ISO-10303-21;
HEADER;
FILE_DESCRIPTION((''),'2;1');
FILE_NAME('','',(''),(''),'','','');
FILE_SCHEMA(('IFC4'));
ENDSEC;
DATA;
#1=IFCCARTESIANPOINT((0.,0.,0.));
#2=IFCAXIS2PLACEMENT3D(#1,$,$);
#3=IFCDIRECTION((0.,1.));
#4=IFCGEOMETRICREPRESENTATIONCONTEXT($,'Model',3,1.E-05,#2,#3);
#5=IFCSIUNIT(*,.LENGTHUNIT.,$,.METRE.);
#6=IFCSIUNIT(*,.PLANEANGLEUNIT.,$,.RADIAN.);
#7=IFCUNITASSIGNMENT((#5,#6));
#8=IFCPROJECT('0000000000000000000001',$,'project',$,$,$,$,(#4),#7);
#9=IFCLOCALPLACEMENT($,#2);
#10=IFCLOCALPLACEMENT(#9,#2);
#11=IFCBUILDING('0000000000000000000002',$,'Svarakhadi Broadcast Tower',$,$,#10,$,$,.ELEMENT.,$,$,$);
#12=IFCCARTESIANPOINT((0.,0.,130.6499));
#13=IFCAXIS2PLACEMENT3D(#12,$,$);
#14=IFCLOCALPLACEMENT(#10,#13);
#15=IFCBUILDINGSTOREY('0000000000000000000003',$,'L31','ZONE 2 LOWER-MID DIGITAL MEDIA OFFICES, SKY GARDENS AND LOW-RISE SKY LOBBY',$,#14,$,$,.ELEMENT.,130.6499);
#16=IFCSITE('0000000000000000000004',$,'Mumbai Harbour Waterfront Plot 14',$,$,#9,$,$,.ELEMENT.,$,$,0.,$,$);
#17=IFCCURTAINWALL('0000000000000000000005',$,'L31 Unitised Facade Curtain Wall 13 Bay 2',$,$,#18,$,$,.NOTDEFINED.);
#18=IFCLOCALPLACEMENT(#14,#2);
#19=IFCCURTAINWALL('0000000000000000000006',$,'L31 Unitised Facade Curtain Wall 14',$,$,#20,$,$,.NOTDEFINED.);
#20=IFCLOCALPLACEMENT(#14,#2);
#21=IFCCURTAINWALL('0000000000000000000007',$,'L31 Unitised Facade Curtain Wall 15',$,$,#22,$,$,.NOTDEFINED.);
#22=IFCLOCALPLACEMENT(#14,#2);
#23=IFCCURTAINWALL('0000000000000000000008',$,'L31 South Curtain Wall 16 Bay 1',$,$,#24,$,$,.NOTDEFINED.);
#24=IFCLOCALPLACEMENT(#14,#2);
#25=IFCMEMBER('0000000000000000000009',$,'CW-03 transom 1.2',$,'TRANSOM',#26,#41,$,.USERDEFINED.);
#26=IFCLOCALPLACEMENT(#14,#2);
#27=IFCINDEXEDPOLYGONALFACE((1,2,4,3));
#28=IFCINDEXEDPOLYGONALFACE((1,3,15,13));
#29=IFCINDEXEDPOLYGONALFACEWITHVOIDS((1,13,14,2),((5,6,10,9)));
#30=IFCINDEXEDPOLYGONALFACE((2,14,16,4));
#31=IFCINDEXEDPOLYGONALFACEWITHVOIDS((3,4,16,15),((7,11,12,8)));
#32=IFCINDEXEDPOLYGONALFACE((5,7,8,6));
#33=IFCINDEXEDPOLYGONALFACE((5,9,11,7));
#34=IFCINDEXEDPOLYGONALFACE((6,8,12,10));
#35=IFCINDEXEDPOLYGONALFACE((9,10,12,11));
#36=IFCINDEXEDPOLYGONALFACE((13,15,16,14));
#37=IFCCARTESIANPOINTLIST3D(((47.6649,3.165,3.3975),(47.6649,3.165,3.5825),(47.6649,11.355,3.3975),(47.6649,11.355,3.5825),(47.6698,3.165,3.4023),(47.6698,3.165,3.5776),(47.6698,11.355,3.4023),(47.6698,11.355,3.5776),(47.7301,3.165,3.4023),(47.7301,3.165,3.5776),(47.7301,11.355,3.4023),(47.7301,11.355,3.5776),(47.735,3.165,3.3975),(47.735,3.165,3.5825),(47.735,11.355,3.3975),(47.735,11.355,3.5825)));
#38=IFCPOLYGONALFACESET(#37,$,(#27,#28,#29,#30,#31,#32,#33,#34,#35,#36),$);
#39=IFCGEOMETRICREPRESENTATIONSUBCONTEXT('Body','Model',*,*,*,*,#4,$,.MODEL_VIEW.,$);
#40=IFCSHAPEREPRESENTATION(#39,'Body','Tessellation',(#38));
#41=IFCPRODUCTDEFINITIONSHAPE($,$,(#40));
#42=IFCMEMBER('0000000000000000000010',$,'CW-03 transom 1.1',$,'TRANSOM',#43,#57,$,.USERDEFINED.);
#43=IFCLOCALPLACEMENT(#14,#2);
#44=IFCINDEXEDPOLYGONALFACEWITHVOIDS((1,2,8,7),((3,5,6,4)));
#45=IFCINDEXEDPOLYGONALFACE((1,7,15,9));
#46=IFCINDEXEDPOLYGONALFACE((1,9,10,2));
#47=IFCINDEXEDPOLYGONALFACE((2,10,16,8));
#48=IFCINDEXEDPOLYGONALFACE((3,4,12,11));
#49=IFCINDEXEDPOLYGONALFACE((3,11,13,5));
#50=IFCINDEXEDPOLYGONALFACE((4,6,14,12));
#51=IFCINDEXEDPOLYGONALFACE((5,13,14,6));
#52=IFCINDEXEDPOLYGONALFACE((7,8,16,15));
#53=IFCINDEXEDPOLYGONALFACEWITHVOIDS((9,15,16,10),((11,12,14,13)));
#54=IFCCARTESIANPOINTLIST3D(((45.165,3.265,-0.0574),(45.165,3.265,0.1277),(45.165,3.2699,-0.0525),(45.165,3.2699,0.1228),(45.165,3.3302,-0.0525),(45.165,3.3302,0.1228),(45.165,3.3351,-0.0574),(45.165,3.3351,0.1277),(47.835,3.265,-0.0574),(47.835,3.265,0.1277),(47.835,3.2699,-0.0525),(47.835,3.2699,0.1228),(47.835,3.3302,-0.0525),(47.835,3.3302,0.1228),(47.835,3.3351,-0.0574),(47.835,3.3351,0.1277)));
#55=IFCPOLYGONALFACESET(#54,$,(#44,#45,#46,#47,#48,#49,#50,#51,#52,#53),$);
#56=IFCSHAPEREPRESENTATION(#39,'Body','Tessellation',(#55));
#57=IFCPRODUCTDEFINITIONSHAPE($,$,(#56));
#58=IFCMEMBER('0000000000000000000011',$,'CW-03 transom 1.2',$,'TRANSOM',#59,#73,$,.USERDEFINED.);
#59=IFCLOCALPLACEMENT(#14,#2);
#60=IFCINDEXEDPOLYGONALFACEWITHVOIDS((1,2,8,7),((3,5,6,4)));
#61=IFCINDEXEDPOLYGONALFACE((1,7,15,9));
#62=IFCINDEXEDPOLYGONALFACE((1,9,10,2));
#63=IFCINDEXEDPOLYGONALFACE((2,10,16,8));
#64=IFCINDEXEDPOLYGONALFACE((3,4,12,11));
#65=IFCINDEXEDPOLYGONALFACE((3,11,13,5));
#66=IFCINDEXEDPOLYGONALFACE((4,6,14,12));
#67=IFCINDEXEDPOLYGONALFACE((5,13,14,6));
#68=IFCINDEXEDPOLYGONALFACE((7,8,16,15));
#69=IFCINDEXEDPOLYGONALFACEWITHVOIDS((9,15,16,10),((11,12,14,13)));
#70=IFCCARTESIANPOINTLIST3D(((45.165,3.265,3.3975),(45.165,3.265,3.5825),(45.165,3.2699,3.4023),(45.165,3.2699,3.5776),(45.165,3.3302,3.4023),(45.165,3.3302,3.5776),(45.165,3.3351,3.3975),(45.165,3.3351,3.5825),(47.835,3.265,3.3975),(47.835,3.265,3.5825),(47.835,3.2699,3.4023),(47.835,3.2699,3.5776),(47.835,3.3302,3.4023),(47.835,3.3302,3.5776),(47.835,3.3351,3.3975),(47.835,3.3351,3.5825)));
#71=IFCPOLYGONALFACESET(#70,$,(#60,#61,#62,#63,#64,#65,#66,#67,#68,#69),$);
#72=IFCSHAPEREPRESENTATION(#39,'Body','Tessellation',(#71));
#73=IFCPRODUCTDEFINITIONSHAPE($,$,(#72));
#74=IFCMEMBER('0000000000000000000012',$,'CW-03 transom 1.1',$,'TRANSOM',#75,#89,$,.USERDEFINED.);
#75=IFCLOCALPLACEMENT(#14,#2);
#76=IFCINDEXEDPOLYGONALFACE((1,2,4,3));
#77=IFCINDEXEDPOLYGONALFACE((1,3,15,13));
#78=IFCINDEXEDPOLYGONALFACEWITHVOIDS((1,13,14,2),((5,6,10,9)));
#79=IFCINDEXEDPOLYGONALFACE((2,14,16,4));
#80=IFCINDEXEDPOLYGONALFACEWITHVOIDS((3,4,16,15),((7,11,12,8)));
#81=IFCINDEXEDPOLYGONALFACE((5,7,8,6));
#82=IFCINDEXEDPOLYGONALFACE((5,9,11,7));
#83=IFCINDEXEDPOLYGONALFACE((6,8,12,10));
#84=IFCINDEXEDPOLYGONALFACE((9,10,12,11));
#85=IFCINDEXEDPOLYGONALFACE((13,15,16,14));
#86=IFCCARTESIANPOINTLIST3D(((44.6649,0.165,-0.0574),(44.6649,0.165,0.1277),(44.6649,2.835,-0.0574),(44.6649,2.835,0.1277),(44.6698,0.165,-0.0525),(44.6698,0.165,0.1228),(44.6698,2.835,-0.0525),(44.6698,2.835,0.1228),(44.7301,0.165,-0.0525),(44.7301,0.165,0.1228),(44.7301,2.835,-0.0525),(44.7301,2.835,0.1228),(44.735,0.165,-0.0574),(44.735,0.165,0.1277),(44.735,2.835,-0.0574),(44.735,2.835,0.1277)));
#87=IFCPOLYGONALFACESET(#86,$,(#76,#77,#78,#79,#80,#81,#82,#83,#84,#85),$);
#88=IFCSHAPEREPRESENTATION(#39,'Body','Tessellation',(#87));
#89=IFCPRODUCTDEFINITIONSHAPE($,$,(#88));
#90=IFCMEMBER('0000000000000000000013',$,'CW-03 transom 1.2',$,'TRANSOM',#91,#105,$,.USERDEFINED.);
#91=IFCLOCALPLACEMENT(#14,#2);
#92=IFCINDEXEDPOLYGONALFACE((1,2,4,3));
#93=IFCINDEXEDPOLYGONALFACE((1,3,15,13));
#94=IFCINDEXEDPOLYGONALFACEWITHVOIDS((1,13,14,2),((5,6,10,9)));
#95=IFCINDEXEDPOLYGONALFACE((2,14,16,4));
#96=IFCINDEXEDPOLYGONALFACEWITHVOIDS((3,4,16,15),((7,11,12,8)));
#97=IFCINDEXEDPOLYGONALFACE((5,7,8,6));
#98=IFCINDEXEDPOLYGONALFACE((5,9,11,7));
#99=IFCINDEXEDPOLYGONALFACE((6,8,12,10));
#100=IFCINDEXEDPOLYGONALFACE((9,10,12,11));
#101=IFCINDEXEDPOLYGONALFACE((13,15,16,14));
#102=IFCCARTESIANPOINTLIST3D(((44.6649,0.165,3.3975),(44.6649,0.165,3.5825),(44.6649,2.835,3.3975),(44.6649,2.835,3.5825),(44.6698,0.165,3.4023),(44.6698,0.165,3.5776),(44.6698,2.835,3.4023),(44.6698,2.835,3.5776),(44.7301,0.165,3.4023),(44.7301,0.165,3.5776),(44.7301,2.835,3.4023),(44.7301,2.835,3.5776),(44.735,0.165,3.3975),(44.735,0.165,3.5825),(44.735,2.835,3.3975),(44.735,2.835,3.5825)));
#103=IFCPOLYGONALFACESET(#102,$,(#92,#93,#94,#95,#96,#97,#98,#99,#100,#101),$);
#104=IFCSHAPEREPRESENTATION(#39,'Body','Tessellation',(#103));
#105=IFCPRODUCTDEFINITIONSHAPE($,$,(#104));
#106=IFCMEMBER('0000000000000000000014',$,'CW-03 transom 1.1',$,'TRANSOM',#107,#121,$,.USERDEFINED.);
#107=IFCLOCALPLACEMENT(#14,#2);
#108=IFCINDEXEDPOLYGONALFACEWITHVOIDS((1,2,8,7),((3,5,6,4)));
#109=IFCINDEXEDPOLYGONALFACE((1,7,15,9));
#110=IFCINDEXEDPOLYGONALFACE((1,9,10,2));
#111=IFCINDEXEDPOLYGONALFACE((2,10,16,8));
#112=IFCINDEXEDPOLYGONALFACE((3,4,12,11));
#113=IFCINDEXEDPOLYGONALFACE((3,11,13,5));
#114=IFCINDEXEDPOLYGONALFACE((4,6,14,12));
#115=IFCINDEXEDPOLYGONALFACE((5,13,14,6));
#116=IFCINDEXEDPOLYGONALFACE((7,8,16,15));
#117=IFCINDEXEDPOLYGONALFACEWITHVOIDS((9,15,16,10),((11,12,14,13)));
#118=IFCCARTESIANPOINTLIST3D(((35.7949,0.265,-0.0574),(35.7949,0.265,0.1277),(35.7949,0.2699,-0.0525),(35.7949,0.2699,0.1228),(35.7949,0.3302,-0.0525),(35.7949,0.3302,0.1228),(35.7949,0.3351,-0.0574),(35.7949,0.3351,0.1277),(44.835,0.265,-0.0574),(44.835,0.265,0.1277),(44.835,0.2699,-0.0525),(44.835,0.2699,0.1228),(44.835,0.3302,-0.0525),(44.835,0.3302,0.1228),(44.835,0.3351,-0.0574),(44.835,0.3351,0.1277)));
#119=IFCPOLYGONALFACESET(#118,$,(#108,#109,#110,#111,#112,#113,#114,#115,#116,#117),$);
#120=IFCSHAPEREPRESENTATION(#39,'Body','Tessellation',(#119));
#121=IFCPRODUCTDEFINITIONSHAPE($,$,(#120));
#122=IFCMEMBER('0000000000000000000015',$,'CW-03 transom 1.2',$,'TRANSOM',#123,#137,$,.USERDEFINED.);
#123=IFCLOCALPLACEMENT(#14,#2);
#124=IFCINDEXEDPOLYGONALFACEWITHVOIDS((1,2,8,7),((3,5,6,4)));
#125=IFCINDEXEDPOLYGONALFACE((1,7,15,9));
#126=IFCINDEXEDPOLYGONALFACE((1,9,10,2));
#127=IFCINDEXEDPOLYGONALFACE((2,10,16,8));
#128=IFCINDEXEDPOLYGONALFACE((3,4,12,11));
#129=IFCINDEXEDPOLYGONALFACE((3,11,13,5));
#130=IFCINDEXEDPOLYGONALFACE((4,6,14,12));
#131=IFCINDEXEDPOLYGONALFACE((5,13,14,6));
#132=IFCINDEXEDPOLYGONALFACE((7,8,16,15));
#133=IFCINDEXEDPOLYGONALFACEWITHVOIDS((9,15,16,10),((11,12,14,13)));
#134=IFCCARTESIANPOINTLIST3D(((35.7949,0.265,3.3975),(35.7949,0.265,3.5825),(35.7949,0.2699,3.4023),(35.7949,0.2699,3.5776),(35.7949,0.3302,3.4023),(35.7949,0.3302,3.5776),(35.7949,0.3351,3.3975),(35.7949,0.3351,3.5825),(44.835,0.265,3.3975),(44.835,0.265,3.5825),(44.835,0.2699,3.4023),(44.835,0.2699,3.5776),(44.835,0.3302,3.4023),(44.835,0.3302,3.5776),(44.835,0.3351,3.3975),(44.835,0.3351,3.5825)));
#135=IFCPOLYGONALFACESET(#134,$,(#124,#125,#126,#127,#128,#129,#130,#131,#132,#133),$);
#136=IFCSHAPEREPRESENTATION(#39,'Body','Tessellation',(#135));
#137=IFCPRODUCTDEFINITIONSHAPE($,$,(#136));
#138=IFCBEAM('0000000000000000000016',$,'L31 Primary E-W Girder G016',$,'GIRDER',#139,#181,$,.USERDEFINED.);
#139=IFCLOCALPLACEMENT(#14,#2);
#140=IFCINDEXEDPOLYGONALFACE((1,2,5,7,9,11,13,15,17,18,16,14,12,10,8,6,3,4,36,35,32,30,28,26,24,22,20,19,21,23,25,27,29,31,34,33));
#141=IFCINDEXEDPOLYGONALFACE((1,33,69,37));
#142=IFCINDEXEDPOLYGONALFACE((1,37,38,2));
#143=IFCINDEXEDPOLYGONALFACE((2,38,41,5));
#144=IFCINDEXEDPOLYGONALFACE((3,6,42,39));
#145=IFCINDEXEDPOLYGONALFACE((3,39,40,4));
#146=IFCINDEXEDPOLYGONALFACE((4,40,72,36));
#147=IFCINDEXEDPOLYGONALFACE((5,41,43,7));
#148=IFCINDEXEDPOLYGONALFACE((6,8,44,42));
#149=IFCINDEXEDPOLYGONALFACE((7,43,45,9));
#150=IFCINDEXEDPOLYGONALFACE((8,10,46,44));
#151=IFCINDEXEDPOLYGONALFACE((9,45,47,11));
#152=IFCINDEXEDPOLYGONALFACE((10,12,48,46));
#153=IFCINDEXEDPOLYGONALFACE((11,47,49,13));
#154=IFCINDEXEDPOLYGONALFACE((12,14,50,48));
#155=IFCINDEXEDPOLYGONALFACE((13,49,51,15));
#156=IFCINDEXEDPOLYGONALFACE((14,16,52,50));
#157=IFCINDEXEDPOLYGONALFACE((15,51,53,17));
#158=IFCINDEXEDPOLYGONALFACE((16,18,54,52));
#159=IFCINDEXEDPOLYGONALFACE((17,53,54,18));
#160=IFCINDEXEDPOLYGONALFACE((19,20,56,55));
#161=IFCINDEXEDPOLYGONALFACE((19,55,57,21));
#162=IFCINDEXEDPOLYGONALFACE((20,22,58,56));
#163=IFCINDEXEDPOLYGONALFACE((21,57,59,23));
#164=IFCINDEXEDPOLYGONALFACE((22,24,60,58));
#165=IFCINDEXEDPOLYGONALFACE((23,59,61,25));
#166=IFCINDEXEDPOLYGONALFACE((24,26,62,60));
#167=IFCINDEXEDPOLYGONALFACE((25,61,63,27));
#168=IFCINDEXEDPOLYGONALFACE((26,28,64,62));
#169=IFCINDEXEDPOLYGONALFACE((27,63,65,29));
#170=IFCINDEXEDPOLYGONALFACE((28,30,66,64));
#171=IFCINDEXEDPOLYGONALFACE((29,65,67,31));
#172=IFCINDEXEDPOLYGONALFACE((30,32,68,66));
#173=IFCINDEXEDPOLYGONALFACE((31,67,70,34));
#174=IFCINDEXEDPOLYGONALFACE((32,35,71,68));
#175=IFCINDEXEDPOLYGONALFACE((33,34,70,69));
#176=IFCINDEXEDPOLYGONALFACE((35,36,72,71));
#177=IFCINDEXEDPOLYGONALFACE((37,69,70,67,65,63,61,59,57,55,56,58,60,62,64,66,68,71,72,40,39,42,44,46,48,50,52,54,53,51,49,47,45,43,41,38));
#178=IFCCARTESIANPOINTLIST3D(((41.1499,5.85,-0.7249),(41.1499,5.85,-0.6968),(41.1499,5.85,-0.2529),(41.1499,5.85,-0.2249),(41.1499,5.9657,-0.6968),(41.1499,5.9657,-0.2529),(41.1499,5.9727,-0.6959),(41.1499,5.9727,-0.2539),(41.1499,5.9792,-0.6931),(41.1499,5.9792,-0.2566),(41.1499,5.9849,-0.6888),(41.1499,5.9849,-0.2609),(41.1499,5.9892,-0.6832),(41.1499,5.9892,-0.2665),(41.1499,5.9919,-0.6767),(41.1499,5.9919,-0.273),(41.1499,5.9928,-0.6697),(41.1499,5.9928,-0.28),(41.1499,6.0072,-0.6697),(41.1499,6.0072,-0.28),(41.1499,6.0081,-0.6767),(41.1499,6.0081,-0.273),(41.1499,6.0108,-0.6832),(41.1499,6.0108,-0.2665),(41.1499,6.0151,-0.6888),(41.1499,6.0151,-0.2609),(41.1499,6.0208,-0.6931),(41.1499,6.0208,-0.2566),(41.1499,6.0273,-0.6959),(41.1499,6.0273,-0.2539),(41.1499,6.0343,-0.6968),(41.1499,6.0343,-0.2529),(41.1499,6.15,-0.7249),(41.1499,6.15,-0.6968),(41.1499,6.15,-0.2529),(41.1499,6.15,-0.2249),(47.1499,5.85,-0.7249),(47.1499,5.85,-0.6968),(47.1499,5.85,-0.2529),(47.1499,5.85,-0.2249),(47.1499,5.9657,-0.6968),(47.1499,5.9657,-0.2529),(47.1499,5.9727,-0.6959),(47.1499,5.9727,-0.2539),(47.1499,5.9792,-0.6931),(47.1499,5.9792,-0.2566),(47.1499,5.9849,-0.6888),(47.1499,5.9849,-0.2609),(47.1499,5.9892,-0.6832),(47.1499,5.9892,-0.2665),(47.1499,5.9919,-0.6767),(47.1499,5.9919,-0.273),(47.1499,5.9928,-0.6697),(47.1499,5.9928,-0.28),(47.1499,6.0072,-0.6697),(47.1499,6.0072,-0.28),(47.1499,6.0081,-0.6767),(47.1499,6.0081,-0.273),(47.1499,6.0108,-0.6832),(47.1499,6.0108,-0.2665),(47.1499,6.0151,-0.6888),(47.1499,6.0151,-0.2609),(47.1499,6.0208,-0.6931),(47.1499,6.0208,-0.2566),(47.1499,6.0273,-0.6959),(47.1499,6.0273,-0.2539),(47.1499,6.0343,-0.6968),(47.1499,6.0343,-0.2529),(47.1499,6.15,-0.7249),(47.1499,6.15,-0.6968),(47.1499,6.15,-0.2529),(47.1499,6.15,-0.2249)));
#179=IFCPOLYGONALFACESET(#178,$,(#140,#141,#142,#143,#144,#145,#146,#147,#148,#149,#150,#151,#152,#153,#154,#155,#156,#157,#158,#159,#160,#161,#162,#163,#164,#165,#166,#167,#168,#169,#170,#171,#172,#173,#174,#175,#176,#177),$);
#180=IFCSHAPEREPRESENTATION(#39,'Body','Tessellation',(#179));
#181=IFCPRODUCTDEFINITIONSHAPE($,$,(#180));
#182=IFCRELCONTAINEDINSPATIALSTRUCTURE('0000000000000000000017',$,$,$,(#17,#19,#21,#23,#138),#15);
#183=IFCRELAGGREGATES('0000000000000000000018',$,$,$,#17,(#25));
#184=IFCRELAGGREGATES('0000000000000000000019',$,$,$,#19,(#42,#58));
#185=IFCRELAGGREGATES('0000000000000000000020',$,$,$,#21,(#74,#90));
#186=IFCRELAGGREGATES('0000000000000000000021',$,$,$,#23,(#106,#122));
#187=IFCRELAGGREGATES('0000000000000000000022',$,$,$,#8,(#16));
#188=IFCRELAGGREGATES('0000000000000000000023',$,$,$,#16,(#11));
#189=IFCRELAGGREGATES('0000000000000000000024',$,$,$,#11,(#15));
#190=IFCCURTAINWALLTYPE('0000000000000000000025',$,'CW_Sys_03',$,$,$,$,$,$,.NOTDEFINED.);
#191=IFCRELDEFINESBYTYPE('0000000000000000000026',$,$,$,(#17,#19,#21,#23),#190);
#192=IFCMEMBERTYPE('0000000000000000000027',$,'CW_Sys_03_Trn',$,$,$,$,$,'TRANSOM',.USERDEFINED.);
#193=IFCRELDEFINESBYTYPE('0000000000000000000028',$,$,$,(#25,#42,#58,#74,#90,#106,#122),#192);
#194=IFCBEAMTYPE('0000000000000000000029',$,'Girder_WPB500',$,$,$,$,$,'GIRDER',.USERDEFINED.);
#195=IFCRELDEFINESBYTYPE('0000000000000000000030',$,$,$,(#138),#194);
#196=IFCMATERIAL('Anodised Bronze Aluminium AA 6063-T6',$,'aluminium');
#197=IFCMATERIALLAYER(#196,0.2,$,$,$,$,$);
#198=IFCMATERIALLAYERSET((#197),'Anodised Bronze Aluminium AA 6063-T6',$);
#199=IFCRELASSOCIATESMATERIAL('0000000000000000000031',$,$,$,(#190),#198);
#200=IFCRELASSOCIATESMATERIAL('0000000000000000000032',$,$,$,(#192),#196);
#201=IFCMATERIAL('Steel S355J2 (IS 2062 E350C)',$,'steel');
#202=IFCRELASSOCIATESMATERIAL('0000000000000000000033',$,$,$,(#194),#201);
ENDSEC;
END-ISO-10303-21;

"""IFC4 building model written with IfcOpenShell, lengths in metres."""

from ifc_helpers import new_model, si_unit, direction, frame, origin, origin_2d, place, context, subcontext, project, spatial, hollow_rectangle, i_section, extrude, material, layer, layer_set, material_profile, profile_set, type_object, element, aggregate, save


model = new_model("IFC4")

# Units and contexts
model_context = context("Model", 3, precision=1e-05, world=origin(), true_north=direction((0.0, 1.0)))
body_context = subcontext(model_context, "Body", "Model", "MODEL_VIEW")
ifc_project = project(units=[si_unit("LENGTHUNIT", "METRE"), si_unit("PLANEANGLEUNIT", "RADIAN")], contexts=[model_context])

# Site, building, storey
site_placement = place(None, origin())
site = spatial("IfcSite", under=ifc_project, at=site_placement, Name="Mumbai Harbour Waterfront Plot 14", CompositionType="ELEMENT", RefElevation=0.0)
building_placement = place(site_placement, origin())
building = spatial("IfcBuilding", under=site, at=building_placement, Name="Svarakhadi Broadcast Tower", CompositionType="ELEMENT")
storey_placement = place(building_placement, frame((0.0, 0.0, 130.6499)))
storey = spatial("IfcBuildingStorey", under=building, at=storey_placement, Name="L31", Description="ZONE 2 LOWER-MID DIGITAL MEDIA OFFICES, SKY GARDENS AND LOW-RISE SKY LOBBY", CompositionType="ELEMENT", Elevation=130.6499)

# Shared definitions
ifc_material_1 = material(Name="Steel S355J2 (IS 2062 E350C)", Category="steel")

# Curtain walls
ifc_material_2 = material(Name="Anodised Bronze Aluminium AA 6063-T6", Category="aluminium")
ifc_layer_1 = layer(ifc_material_2, 0.2)
ifc_layer_set_1 = layer_set([ifc_layer_1], Name="Anodised Bronze Aluminium AA 6063-T6")
curtain_wall_type = type_object("IfcCurtainWallType", Name="CW_Sys_03", PredefinedType="NOTDEFINED", material=ifc_layer_set_1)
curtain_wall_1_placement = place(storey_placement, origin())
curtain_wall_1 = element("IfcCurtainWall", 1, at=curtain_wall_1_placement, inside=storey, type_object=curtain_wall_type, Name="L31 Unitised Facade Curtain Wall 13 Bay 2", PredefinedType="NOTDEFINED")
curtain_wall_2_placement = place(storey_placement, origin())
curtain_wall_2 = element("IfcCurtainWall", 2, at=curtain_wall_2_placement, inside=storey, type_object=curtain_wall_type, Name="L31 Unitised Facade Curtain Wall 14", PredefinedType="NOTDEFINED")
curtain_wall_3_placement = place(storey_placement, origin())
curtain_wall_3 = element("IfcCurtainWall", 3, at=curtain_wall_3_placement, inside=storey, type_object=curtain_wall_type, Name="L31 Unitised Facade Curtain Wall 15", PredefinedType="NOTDEFINED")

# Curtain wall
curtain_wall_4_placement = place(storey_placement, origin())
curtain_wall_4 = element("IfcCurtainWall", 4, at=curtain_wall_4_placement, inside=storey, type_object=curtain_wall_type, Name="L31 South Curtain Wall 16 Bay 1", PredefinedType="NOTDEFINED")

# Members
ifc_material_profile_1 = material_profile(ifc_material_2, hollow_rectangle(XDim=0.0701, YDim=0.1851, WallThickness=0.0049, at=origin_2d()), Name="ALU TRANSOM 185x70x5")
ifc_profile_set_1 = profile_set([ifc_material_profile_1], Name="Anodised Bronze Aluminium AA 6063-T6")
member_type_1 = type_object("IfcMemberType", Name="CW_Sys_03_Trn", ElementType="TRANSOM", PredefinedType="USERDEFINED", material=ifc_profile_set_1)
member_1_placement = place(storey_placement, frame((47.7, 11.355, 3.49), z_axis=(0.0, -1.0, 0.0), x_axis=(1.0, 0.0, 0.0)))
member_1 = element("IfcMember", 5, at=member_1_placement, type_object=member_type_1, Name="CW-03 transom 1.2", ObjectType="TRANSOM", PredefinedType="USERDEFINED", context=body_context, shape_type="SweptSolid", body=[
    extrude(hollow_rectangle(XDim=0.0701, YDim=0.1851, WallThickness=0.0049, at=origin_2d()), origin(), (0.0, 0.0, 1.0), 8.1899),
])
member_2_placement = place(storey_placement, frame((47.835, 3.3, 0.0352), z_axis=(-1.0, 0.0, 0.0), x_axis=(0.0, -1.0, 0.0)))
member_2 = element("IfcMember", 6, at=member_2_placement, type_object=member_type_1, Name="CW-03 transom 1.1", ObjectType="TRANSOM", PredefinedType="USERDEFINED", context=body_context, shape_type="SweptSolid", body=[
    extrude(hollow_rectangle(XDim=0.0701, YDim=0.1851, WallThickness=0.0049, at=origin_2d()), origin(), (0.0, 0.0, 1.0), 2.6699),
])
member_3_placement = place(storey_placement, frame((47.835, 3.3, 3.49), z_axis=(-1.0, 0.0, 0.0), x_axis=(0.0, -1.0, 0.0)))
member_3 = element("IfcMember", 7, at=member_3_placement, type_object=member_type_1, Name="CW-03 transom 1.2", ObjectType="TRANSOM", PredefinedType="USERDEFINED", context=body_context, shape_type="SweptSolid", body=[
    extrude(hollow_rectangle(XDim=0.0701, YDim=0.1851, WallThickness=0.0049, at=origin_2d()), origin(), (0.0, 0.0, 1.0), 2.6699),
])
member_4_placement = place(storey_placement, frame((44.7, 2.835, 0.0352), z_axis=(0.0, -1.0, 0.0), x_axis=(1.0, 0.0, 0.0)))
member_4 = element("IfcMember", 8, at=member_4_placement, type_object=member_type_1, Name="CW-03 transom 1.1", ObjectType="TRANSOM", PredefinedType="USERDEFINED", context=body_context, shape_type="SweptSolid", body=[
    extrude(hollow_rectangle(XDim=0.0701, YDim=0.1851, WallThickness=0.0049, at=origin_2d()), origin(), (0.0, 0.0, 1.0), 2.6699),
])
member_5_placement = place(storey_placement, frame((44.7, 2.835, 3.49), z_axis=(0.0, -1.0, 0.0), x_axis=(1.0, 0.0, 0.0)))
member_5 = element("IfcMember", 9, at=member_5_placement, type_object=member_type_1, Name="CW-03 transom 1.2", ObjectType="TRANSOM", PredefinedType="USERDEFINED", context=body_context, shape_type="SweptSolid", body=[
    extrude(hollow_rectangle(XDim=0.0701, YDim=0.1851, WallThickness=0.0049, at=origin_2d()), origin(), (0.0, 0.0, 1.0), 2.6699),
])
member_6_placement = place(storey_placement, frame((44.835, 0.3, 0.0352), z_axis=(-1.0, 0.0, 0.0), x_axis=(0.0, -1.0, 0.0)))
member_6 = element("IfcMember", 10, at=member_6_placement, type_object=member_type_1, Name="CW-03 transom 1.1", ObjectType="TRANSOM", PredefinedType="USERDEFINED", context=body_context, shape_type="SweptSolid", body=[
    extrude(hollow_rectangle(XDim=0.0701, YDim=0.1851, WallThickness=0.0049, at=origin_2d()), origin(), (0.0, 0.0, 1.0), 9.04),
])
member_7_placement = place(storey_placement, frame((44.835, 0.3, 3.49), z_axis=(-1.0, 0.0, 0.0), x_axis=(0.0, -1.0, 0.0)))
member_7 = element("IfcMember", 11, at=member_7_placement, type_object=member_type_1, Name="CW-03 transom 1.2", ObjectType="TRANSOM", PredefinedType="USERDEFINED", context=body_context, shape_type="SweptSolid", body=[
    extrude(hollow_rectangle(XDim=0.0701, YDim=0.1851, WallThickness=0.0049, at=origin_2d()), origin(), (0.0, 0.0, 1.0), 9.04),
])

# Beam
ifc_material_profile_2 = material_profile(ifc_material_1, i_section(OverallWidth=0.3, OverallDepth=0.5, WebThickness=0.0144, FlangeThickness=0.0281, FilletRadius=0.0271, at=origin_2d()), Name="WPB 500x300x187")
ifc_profile_set_2 = profile_set([ifc_material_profile_2], Name="Steel S355J2 (IS 2062 E350C)")
beam_type_1 = type_object("IfcBeamType", Name="Girder_WPB500", ElementType="GIRDER", PredefinedType="USERDEFINED", material=ifc_profile_set_2)
beam_1_placement = place(storey_placement, frame((41.1499, 6.0, -0.4749), z_axis=(1.0, 0.0, 0.0), x_axis=(0.0, 1.0, 0.0)))
element("IfcBeam", 12, at=beam_1_placement, inside=storey, type_object=beam_type_1, Name="L31 Primary E-W Girder G016", ObjectType="GIRDER", PredefinedType="USERDEFINED", context=body_context, shape_type="SweptSolid", body=[
    extrude(i_section(OverallWidth=0.3, OverallDepth=0.5, WebThickness=0.0144, FlangeThickness=0.0281, FilletRadius=0.0271, at=origin_2d()), origin(), (0.0, 0.0, 1.0), 6.0),
])

aggregate(curtain_wall_1, [member_1])
aggregate(curtain_wall_2, [member_2, member_3])
aggregate(curtain_wall_3, [member_4, member_5])
aggregate(curtain_wall_4, [member_6, member_7])

save(model, "model.ifc")
